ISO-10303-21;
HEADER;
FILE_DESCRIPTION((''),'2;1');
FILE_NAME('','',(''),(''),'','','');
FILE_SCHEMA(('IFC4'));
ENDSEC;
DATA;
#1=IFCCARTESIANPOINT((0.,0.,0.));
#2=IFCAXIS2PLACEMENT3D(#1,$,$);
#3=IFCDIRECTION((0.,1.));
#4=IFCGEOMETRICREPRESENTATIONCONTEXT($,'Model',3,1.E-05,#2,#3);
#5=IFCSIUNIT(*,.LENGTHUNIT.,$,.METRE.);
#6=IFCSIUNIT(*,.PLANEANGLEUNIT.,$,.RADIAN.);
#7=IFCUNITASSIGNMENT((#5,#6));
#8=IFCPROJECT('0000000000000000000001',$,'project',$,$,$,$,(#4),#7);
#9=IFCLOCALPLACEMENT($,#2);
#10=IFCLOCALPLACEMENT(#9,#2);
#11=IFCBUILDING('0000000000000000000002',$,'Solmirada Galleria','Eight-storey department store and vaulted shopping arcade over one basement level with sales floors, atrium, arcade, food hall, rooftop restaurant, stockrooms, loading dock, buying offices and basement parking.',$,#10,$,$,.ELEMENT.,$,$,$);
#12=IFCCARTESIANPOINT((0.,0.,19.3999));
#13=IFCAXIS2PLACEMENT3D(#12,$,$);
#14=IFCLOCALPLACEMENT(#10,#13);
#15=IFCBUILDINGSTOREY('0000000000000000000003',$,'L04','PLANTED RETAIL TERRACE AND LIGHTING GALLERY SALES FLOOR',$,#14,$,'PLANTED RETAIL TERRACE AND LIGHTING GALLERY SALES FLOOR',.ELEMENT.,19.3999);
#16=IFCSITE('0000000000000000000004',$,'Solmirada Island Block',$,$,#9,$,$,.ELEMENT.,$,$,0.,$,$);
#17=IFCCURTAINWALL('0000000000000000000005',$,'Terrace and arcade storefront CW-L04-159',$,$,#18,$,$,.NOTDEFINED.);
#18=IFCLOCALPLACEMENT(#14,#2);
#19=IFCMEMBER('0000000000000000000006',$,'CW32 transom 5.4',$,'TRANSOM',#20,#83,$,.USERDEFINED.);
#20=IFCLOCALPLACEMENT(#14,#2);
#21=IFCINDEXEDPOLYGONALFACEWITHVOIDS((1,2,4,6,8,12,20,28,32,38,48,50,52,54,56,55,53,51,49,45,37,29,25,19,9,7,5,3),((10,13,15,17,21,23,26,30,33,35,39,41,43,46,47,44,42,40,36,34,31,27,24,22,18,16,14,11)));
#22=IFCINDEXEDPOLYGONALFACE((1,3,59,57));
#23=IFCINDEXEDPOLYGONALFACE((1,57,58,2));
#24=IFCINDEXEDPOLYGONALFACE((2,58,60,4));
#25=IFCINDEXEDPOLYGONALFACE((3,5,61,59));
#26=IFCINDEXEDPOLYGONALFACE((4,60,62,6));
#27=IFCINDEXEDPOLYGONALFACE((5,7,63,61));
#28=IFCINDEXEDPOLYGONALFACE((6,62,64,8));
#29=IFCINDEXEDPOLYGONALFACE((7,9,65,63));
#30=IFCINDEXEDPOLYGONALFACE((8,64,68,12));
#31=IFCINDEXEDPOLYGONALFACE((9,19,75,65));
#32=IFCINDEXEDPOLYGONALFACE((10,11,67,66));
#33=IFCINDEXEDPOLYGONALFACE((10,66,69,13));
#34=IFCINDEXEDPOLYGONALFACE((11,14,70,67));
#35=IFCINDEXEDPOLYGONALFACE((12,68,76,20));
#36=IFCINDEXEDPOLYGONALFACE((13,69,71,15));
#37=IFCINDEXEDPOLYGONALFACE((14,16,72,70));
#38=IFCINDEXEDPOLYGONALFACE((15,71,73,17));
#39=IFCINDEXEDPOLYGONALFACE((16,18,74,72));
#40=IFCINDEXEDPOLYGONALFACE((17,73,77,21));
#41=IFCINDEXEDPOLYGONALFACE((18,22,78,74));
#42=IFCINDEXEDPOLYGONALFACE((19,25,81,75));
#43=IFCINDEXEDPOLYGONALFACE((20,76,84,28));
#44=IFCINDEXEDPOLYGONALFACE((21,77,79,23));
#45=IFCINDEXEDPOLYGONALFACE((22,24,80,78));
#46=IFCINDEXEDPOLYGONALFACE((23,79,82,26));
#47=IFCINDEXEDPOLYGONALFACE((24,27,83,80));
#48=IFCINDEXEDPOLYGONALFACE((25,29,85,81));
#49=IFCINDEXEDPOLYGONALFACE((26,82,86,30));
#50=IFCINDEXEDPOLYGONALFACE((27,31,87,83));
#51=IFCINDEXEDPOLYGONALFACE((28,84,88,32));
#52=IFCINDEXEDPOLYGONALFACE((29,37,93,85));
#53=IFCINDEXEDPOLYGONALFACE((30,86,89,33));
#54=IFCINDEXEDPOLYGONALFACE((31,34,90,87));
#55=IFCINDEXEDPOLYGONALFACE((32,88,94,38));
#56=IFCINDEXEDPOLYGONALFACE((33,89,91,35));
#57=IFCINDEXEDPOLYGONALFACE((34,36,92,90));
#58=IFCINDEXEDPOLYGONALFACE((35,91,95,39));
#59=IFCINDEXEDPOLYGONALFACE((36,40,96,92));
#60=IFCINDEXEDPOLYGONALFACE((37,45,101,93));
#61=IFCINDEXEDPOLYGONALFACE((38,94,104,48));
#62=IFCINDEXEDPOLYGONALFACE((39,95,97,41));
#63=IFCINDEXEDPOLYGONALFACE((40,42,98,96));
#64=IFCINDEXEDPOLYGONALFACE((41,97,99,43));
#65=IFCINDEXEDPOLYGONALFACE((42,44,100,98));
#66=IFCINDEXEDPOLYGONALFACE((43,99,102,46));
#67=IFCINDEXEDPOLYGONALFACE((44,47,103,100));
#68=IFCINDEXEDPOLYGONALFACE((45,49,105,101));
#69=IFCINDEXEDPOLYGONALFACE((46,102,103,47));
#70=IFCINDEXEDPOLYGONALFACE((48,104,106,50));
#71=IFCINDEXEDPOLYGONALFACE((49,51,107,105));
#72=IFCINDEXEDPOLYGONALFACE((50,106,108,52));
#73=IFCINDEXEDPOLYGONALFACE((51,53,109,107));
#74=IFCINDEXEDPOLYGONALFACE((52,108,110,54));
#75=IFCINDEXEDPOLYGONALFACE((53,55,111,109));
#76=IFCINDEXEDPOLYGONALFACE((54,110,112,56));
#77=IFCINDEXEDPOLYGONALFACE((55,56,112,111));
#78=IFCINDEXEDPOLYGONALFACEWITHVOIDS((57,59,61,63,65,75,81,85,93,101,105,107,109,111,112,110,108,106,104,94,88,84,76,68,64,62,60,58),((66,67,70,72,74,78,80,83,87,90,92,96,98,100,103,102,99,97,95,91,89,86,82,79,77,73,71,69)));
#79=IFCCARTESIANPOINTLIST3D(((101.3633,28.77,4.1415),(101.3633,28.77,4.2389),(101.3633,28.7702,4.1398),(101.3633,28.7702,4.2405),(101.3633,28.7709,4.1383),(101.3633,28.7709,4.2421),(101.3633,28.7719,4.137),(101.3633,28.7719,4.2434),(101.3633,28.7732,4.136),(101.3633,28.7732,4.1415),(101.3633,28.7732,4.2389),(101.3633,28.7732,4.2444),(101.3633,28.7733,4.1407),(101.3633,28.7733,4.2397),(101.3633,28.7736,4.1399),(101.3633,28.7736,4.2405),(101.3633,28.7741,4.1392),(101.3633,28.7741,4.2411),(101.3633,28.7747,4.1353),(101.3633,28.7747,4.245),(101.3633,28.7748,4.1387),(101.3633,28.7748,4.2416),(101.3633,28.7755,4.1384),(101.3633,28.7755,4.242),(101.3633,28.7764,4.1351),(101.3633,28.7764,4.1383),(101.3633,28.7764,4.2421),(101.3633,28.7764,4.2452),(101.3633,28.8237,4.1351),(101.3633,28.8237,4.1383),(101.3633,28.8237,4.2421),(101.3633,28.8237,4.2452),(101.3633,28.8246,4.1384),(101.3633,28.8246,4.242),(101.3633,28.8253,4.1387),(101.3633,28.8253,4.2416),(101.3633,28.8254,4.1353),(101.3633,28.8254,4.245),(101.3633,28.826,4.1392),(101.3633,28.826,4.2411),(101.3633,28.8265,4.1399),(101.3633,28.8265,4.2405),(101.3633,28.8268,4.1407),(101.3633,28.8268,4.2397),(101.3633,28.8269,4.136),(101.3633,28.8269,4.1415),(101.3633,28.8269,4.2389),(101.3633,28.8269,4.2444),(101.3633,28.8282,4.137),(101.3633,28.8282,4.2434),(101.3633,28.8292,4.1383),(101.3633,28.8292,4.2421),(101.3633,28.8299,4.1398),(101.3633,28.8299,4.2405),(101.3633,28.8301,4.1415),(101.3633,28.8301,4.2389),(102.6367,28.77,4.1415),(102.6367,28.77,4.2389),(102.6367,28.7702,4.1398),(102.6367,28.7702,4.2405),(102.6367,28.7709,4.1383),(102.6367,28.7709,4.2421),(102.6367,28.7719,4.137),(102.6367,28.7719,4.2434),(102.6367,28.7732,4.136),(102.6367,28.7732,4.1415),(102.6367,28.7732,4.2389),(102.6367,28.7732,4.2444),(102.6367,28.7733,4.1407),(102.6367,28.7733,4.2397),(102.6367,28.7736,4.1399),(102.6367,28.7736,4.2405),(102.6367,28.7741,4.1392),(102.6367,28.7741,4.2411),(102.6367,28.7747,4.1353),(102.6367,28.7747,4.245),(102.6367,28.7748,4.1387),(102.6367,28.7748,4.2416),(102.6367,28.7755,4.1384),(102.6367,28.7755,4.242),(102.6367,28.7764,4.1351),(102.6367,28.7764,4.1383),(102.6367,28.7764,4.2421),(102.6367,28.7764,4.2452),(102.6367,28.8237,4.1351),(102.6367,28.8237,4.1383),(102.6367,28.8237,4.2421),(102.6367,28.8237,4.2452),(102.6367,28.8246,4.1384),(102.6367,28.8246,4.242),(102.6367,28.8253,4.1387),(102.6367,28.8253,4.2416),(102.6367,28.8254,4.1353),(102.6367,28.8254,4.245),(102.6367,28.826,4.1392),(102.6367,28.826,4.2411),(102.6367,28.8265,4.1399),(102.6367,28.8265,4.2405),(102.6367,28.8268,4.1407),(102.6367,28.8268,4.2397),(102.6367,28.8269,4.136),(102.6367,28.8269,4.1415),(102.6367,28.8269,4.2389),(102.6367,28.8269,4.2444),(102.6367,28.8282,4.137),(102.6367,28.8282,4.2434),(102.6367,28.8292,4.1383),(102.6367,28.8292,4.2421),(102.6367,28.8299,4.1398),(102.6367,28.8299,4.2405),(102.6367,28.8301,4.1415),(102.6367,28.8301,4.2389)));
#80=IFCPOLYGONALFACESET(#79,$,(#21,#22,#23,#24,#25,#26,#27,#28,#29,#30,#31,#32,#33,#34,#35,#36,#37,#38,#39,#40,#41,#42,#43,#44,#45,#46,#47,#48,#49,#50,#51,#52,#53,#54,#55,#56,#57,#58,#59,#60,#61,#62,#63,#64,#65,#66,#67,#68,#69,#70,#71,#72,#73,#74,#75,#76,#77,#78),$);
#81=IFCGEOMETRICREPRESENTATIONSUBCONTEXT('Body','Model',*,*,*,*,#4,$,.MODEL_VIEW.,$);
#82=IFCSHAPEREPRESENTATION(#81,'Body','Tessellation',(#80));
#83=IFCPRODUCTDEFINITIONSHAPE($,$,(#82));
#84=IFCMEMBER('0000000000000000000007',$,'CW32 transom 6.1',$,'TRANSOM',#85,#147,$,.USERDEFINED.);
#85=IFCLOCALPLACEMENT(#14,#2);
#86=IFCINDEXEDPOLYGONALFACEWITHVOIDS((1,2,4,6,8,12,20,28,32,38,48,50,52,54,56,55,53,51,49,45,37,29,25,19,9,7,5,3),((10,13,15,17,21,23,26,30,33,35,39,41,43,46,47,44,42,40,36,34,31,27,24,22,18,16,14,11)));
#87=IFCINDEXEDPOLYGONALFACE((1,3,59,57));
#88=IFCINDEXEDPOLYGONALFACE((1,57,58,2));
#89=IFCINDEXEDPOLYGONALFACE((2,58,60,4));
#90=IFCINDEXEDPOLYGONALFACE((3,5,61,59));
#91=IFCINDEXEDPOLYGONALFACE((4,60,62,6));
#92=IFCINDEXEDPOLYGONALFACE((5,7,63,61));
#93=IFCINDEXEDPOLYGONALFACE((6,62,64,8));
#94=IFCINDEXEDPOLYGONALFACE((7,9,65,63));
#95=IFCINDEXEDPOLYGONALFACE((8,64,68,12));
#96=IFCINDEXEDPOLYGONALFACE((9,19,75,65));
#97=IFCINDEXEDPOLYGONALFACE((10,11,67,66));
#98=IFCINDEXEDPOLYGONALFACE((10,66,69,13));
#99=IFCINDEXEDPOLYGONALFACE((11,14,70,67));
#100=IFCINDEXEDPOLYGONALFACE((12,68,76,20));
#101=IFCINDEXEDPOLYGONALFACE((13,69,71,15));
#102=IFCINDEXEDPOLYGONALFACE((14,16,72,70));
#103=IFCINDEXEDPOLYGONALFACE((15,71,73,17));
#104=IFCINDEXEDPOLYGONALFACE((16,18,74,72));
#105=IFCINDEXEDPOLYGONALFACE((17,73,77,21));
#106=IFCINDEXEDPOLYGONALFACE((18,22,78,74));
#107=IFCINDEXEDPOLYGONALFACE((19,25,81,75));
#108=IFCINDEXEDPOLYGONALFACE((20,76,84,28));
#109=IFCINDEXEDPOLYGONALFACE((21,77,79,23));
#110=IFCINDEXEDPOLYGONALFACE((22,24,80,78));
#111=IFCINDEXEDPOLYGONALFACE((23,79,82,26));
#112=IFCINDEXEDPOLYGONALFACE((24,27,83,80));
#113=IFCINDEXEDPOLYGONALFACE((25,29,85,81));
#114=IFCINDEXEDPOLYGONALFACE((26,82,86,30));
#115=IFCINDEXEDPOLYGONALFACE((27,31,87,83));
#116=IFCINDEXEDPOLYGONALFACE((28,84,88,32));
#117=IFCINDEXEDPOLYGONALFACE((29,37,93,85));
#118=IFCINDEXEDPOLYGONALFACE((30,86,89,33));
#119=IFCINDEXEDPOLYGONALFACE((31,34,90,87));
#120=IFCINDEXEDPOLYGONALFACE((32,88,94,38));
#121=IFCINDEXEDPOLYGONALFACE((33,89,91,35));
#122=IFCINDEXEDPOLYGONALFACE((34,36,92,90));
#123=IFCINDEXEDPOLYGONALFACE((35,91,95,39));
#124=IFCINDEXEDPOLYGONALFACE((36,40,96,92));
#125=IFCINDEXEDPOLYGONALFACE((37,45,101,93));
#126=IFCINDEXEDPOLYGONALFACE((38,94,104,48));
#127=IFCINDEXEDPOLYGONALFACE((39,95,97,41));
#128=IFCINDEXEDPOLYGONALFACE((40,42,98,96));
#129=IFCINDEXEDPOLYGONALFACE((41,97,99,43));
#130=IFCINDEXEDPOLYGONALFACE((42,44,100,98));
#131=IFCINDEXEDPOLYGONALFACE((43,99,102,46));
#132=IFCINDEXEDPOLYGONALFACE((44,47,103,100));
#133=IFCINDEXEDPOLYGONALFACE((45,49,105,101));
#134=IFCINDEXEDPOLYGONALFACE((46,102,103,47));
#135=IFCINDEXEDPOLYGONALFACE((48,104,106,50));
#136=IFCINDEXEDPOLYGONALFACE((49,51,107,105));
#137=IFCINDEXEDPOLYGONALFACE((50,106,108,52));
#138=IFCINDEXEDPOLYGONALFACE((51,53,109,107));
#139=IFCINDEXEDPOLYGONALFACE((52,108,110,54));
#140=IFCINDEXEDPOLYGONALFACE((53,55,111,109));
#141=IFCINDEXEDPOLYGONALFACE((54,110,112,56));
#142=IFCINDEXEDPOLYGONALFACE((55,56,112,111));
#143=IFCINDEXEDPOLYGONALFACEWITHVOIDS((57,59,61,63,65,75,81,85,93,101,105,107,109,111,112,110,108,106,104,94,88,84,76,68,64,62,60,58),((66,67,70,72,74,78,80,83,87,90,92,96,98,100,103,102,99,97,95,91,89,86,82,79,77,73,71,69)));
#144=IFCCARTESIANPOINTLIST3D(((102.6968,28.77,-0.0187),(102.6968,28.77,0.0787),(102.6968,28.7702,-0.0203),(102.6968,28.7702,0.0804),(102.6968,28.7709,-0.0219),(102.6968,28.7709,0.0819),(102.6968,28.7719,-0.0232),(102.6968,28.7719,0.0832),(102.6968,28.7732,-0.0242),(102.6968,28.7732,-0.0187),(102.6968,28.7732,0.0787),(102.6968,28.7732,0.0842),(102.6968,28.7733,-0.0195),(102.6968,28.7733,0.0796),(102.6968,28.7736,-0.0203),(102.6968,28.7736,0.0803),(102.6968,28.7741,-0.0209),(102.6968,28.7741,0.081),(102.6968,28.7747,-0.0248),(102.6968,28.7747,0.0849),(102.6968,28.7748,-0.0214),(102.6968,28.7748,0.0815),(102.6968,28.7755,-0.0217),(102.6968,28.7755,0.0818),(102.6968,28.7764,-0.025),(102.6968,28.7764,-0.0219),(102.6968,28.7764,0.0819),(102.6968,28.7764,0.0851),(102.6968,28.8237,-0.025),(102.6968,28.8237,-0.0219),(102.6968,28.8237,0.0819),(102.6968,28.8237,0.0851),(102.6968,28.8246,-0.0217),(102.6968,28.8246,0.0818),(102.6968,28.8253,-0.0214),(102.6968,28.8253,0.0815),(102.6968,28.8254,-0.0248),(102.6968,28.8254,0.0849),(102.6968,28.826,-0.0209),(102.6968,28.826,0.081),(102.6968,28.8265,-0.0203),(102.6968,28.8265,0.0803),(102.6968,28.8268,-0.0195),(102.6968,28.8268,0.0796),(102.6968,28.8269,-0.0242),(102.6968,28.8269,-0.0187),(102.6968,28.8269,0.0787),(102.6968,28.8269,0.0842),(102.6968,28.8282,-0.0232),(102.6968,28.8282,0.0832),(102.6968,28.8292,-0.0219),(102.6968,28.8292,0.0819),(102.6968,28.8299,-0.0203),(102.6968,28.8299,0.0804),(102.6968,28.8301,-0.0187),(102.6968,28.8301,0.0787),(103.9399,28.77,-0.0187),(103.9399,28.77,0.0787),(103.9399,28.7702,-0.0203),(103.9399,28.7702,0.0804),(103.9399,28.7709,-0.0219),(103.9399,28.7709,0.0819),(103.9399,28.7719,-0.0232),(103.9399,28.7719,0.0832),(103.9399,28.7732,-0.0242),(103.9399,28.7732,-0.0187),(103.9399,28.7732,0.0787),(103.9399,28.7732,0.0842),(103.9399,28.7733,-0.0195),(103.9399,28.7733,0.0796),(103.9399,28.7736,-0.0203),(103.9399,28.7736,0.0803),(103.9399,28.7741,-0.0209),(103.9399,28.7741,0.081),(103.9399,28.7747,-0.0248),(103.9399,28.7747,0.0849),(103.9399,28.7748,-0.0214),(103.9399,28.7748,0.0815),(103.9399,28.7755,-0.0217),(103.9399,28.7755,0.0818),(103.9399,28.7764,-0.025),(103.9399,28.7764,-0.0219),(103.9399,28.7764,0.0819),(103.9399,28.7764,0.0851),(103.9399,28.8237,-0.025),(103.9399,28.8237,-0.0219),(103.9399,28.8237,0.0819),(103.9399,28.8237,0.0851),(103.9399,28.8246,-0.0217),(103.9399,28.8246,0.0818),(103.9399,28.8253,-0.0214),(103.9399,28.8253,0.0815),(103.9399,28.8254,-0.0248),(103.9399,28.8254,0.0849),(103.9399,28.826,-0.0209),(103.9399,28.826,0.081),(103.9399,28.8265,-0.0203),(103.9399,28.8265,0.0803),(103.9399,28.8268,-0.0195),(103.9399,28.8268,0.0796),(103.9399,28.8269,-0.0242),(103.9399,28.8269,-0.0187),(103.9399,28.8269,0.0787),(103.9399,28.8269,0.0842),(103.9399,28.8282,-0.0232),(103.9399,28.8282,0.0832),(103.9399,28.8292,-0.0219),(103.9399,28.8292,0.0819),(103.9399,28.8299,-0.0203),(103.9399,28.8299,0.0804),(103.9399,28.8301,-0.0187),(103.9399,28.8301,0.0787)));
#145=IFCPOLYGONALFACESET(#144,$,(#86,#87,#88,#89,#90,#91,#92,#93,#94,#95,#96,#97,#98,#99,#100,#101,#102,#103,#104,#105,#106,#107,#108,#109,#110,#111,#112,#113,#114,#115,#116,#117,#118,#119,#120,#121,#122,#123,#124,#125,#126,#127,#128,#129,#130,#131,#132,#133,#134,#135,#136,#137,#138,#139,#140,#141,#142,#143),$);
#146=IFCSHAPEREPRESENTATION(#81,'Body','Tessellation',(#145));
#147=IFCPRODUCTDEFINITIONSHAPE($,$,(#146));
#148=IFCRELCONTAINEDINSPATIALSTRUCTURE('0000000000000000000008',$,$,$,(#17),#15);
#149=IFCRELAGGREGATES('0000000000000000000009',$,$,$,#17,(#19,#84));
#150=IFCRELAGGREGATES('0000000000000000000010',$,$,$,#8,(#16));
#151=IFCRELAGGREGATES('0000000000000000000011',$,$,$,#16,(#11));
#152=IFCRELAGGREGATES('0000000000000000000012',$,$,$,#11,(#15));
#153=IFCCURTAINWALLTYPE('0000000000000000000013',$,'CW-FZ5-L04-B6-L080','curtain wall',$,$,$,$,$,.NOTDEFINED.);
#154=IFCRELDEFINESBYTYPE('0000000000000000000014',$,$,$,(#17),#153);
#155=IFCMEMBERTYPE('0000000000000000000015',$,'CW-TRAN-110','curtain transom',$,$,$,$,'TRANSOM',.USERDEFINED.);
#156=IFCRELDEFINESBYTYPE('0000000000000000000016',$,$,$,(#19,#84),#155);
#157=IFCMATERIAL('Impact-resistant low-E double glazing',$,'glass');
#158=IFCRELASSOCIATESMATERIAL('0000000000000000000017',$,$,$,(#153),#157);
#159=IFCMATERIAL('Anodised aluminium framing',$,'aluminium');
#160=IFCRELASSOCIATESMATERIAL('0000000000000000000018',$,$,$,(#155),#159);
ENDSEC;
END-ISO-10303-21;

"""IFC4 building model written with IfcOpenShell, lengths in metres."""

from ifc_helpers import new_model, si_unit, direction, frame, origin, origin_2d, place, context, subcontext, project, spatial, hollow_rectangle, extrude, material, material_profile, profile_set, type_object, element, aggregate, save


model = new_model("IFC4")

# Units and contexts
model_context = context("Model", 3, precision=1e-05, world=origin(), true_north=direction((0.0, 1.0)))
body_context = subcontext(model_context, "Body", "Model", "MODEL_VIEW")
ifc_project = project(units=[si_unit("LENGTHUNIT", "METRE"), si_unit("PLANEANGLEUNIT", "RADIAN")], contexts=[model_context])

# Site, building, storey
site_placement = place(None, origin())
site = spatial("IfcSite", under=ifc_project, at=site_placement, Name="Solmirada Island Block", CompositionType="ELEMENT", RefElevation=0.0)
building_placement = place(site_placement, origin())
building = spatial("IfcBuilding", under=site, at=building_placement, Name="Solmirada Galleria", Description="Eight-storey department store and vaulted shopping arcade over one basement level with sales floors, atrium, arcade, food hall, rooftop restaurant, stockrooms, loading dock, buying offices and basement parking.", CompositionType="ELEMENT")
storey_placement = place(building_placement, frame((0.0, 0.0, 19.3999)))
storey = spatial("IfcBuildingStorey", under=building, at=storey_placement, Name="L04", Description="PLANTED RETAIL TERRACE AND LIGHTING GALLERY SALES FLOOR", LongName="PLANTED RETAIL TERRACE AND LIGHTING GALLERY SALES FLOOR", CompositionType="ELEMENT", Elevation=19.3999)

# Curtain wall
ifc_material_1 = material(Name="Impact-resistant low-E double glazing", Category="glass")
curtain_wall_type = type_object("IfcCurtainWallType", Name="CW-FZ5-L04-B6-L080", Description="curtain wall", PredefinedType="NOTDEFINED", material=ifc_material_1)
curtain_wall_1_placement = place(storey_placement, origin())
curtain_wall_1 = element("IfcCurtainWall", 1, at=curtain_wall_1_placement, inside=storey, type_object=curtain_wall_type, Name="Terrace and arcade storefront CW-L04-159", PredefinedType="NOTDEFINED")
ifc_material_2 = material(Name="Anodised aluminium framing", Category="aluminium")

# Members
ifc_material_profile_1 = material_profile(ifc_material_2, hollow_rectangle(XDim=0.0601, YDim=0.1101, WallThickness=0.0032, InnerFilletRadius=0.0032, OuterFilletRadius=0.0063, at=origin_2d()), Name="ALU-TRAN-110X60")
ifc_profile_set_1 = profile_set([ifc_material_profile_1], Name="Anodised aluminium framing")
member_type_1 = type_object("IfcMemberType", Name="CW-TRAN-110", Description="curtain transom", ElementType="TRANSOM", PredefinedType="USERDEFINED", material=ifc_profile_set_1)
member_1_placement = place(storey_placement, frame((101.3633, 28.8, 4.1902), z_axis=(1.0, 0.0, 0.0), x_axis=(0.0, 1.0, 0.0)))
member_1 = element("IfcMember", 2, at=member_1_placement, type_object=member_type_1, Name="CW32 transom 5.4", ObjectType="TRANSOM", PredefinedType="USERDEFINED", context=body_context, shape_type="SweptSolid", body=[
    extrude(hollow_rectangle(XDim=0.0601, YDim=0.1101, WallThickness=0.0032, InnerFilletRadius=0.0032, OuterFilletRadius=0.0063, at=origin_2d()), origin(), (0.0, 0.0, 1.0), 1.2734),
])
member_2_placement = place(storey_placement, frame((102.6968, 28.8, 0.03), z_axis=(1.0, 0.0, 0.0), x_axis=(0.0, 1.0, 0.0)))
member_2 = element("IfcMember", 3, at=member_2_placement, type_object=member_type_1, Name="CW32 transom 6.1", ObjectType="TRANSOM", PredefinedType="USERDEFINED", context=body_context, shape_type="SweptSolid", body=[
    extrude(hollow_rectangle(XDim=0.0601, YDim=0.1101, WallThickness=0.0032, InnerFilletRadius=0.0032, OuterFilletRadius=0.0063, at=origin_2d()), origin(), (0.0, 0.0, 1.0), 1.2432),
])

aggregate(curtain_wall_1, [member_1, member_2])

save(model, "model.ifc")
